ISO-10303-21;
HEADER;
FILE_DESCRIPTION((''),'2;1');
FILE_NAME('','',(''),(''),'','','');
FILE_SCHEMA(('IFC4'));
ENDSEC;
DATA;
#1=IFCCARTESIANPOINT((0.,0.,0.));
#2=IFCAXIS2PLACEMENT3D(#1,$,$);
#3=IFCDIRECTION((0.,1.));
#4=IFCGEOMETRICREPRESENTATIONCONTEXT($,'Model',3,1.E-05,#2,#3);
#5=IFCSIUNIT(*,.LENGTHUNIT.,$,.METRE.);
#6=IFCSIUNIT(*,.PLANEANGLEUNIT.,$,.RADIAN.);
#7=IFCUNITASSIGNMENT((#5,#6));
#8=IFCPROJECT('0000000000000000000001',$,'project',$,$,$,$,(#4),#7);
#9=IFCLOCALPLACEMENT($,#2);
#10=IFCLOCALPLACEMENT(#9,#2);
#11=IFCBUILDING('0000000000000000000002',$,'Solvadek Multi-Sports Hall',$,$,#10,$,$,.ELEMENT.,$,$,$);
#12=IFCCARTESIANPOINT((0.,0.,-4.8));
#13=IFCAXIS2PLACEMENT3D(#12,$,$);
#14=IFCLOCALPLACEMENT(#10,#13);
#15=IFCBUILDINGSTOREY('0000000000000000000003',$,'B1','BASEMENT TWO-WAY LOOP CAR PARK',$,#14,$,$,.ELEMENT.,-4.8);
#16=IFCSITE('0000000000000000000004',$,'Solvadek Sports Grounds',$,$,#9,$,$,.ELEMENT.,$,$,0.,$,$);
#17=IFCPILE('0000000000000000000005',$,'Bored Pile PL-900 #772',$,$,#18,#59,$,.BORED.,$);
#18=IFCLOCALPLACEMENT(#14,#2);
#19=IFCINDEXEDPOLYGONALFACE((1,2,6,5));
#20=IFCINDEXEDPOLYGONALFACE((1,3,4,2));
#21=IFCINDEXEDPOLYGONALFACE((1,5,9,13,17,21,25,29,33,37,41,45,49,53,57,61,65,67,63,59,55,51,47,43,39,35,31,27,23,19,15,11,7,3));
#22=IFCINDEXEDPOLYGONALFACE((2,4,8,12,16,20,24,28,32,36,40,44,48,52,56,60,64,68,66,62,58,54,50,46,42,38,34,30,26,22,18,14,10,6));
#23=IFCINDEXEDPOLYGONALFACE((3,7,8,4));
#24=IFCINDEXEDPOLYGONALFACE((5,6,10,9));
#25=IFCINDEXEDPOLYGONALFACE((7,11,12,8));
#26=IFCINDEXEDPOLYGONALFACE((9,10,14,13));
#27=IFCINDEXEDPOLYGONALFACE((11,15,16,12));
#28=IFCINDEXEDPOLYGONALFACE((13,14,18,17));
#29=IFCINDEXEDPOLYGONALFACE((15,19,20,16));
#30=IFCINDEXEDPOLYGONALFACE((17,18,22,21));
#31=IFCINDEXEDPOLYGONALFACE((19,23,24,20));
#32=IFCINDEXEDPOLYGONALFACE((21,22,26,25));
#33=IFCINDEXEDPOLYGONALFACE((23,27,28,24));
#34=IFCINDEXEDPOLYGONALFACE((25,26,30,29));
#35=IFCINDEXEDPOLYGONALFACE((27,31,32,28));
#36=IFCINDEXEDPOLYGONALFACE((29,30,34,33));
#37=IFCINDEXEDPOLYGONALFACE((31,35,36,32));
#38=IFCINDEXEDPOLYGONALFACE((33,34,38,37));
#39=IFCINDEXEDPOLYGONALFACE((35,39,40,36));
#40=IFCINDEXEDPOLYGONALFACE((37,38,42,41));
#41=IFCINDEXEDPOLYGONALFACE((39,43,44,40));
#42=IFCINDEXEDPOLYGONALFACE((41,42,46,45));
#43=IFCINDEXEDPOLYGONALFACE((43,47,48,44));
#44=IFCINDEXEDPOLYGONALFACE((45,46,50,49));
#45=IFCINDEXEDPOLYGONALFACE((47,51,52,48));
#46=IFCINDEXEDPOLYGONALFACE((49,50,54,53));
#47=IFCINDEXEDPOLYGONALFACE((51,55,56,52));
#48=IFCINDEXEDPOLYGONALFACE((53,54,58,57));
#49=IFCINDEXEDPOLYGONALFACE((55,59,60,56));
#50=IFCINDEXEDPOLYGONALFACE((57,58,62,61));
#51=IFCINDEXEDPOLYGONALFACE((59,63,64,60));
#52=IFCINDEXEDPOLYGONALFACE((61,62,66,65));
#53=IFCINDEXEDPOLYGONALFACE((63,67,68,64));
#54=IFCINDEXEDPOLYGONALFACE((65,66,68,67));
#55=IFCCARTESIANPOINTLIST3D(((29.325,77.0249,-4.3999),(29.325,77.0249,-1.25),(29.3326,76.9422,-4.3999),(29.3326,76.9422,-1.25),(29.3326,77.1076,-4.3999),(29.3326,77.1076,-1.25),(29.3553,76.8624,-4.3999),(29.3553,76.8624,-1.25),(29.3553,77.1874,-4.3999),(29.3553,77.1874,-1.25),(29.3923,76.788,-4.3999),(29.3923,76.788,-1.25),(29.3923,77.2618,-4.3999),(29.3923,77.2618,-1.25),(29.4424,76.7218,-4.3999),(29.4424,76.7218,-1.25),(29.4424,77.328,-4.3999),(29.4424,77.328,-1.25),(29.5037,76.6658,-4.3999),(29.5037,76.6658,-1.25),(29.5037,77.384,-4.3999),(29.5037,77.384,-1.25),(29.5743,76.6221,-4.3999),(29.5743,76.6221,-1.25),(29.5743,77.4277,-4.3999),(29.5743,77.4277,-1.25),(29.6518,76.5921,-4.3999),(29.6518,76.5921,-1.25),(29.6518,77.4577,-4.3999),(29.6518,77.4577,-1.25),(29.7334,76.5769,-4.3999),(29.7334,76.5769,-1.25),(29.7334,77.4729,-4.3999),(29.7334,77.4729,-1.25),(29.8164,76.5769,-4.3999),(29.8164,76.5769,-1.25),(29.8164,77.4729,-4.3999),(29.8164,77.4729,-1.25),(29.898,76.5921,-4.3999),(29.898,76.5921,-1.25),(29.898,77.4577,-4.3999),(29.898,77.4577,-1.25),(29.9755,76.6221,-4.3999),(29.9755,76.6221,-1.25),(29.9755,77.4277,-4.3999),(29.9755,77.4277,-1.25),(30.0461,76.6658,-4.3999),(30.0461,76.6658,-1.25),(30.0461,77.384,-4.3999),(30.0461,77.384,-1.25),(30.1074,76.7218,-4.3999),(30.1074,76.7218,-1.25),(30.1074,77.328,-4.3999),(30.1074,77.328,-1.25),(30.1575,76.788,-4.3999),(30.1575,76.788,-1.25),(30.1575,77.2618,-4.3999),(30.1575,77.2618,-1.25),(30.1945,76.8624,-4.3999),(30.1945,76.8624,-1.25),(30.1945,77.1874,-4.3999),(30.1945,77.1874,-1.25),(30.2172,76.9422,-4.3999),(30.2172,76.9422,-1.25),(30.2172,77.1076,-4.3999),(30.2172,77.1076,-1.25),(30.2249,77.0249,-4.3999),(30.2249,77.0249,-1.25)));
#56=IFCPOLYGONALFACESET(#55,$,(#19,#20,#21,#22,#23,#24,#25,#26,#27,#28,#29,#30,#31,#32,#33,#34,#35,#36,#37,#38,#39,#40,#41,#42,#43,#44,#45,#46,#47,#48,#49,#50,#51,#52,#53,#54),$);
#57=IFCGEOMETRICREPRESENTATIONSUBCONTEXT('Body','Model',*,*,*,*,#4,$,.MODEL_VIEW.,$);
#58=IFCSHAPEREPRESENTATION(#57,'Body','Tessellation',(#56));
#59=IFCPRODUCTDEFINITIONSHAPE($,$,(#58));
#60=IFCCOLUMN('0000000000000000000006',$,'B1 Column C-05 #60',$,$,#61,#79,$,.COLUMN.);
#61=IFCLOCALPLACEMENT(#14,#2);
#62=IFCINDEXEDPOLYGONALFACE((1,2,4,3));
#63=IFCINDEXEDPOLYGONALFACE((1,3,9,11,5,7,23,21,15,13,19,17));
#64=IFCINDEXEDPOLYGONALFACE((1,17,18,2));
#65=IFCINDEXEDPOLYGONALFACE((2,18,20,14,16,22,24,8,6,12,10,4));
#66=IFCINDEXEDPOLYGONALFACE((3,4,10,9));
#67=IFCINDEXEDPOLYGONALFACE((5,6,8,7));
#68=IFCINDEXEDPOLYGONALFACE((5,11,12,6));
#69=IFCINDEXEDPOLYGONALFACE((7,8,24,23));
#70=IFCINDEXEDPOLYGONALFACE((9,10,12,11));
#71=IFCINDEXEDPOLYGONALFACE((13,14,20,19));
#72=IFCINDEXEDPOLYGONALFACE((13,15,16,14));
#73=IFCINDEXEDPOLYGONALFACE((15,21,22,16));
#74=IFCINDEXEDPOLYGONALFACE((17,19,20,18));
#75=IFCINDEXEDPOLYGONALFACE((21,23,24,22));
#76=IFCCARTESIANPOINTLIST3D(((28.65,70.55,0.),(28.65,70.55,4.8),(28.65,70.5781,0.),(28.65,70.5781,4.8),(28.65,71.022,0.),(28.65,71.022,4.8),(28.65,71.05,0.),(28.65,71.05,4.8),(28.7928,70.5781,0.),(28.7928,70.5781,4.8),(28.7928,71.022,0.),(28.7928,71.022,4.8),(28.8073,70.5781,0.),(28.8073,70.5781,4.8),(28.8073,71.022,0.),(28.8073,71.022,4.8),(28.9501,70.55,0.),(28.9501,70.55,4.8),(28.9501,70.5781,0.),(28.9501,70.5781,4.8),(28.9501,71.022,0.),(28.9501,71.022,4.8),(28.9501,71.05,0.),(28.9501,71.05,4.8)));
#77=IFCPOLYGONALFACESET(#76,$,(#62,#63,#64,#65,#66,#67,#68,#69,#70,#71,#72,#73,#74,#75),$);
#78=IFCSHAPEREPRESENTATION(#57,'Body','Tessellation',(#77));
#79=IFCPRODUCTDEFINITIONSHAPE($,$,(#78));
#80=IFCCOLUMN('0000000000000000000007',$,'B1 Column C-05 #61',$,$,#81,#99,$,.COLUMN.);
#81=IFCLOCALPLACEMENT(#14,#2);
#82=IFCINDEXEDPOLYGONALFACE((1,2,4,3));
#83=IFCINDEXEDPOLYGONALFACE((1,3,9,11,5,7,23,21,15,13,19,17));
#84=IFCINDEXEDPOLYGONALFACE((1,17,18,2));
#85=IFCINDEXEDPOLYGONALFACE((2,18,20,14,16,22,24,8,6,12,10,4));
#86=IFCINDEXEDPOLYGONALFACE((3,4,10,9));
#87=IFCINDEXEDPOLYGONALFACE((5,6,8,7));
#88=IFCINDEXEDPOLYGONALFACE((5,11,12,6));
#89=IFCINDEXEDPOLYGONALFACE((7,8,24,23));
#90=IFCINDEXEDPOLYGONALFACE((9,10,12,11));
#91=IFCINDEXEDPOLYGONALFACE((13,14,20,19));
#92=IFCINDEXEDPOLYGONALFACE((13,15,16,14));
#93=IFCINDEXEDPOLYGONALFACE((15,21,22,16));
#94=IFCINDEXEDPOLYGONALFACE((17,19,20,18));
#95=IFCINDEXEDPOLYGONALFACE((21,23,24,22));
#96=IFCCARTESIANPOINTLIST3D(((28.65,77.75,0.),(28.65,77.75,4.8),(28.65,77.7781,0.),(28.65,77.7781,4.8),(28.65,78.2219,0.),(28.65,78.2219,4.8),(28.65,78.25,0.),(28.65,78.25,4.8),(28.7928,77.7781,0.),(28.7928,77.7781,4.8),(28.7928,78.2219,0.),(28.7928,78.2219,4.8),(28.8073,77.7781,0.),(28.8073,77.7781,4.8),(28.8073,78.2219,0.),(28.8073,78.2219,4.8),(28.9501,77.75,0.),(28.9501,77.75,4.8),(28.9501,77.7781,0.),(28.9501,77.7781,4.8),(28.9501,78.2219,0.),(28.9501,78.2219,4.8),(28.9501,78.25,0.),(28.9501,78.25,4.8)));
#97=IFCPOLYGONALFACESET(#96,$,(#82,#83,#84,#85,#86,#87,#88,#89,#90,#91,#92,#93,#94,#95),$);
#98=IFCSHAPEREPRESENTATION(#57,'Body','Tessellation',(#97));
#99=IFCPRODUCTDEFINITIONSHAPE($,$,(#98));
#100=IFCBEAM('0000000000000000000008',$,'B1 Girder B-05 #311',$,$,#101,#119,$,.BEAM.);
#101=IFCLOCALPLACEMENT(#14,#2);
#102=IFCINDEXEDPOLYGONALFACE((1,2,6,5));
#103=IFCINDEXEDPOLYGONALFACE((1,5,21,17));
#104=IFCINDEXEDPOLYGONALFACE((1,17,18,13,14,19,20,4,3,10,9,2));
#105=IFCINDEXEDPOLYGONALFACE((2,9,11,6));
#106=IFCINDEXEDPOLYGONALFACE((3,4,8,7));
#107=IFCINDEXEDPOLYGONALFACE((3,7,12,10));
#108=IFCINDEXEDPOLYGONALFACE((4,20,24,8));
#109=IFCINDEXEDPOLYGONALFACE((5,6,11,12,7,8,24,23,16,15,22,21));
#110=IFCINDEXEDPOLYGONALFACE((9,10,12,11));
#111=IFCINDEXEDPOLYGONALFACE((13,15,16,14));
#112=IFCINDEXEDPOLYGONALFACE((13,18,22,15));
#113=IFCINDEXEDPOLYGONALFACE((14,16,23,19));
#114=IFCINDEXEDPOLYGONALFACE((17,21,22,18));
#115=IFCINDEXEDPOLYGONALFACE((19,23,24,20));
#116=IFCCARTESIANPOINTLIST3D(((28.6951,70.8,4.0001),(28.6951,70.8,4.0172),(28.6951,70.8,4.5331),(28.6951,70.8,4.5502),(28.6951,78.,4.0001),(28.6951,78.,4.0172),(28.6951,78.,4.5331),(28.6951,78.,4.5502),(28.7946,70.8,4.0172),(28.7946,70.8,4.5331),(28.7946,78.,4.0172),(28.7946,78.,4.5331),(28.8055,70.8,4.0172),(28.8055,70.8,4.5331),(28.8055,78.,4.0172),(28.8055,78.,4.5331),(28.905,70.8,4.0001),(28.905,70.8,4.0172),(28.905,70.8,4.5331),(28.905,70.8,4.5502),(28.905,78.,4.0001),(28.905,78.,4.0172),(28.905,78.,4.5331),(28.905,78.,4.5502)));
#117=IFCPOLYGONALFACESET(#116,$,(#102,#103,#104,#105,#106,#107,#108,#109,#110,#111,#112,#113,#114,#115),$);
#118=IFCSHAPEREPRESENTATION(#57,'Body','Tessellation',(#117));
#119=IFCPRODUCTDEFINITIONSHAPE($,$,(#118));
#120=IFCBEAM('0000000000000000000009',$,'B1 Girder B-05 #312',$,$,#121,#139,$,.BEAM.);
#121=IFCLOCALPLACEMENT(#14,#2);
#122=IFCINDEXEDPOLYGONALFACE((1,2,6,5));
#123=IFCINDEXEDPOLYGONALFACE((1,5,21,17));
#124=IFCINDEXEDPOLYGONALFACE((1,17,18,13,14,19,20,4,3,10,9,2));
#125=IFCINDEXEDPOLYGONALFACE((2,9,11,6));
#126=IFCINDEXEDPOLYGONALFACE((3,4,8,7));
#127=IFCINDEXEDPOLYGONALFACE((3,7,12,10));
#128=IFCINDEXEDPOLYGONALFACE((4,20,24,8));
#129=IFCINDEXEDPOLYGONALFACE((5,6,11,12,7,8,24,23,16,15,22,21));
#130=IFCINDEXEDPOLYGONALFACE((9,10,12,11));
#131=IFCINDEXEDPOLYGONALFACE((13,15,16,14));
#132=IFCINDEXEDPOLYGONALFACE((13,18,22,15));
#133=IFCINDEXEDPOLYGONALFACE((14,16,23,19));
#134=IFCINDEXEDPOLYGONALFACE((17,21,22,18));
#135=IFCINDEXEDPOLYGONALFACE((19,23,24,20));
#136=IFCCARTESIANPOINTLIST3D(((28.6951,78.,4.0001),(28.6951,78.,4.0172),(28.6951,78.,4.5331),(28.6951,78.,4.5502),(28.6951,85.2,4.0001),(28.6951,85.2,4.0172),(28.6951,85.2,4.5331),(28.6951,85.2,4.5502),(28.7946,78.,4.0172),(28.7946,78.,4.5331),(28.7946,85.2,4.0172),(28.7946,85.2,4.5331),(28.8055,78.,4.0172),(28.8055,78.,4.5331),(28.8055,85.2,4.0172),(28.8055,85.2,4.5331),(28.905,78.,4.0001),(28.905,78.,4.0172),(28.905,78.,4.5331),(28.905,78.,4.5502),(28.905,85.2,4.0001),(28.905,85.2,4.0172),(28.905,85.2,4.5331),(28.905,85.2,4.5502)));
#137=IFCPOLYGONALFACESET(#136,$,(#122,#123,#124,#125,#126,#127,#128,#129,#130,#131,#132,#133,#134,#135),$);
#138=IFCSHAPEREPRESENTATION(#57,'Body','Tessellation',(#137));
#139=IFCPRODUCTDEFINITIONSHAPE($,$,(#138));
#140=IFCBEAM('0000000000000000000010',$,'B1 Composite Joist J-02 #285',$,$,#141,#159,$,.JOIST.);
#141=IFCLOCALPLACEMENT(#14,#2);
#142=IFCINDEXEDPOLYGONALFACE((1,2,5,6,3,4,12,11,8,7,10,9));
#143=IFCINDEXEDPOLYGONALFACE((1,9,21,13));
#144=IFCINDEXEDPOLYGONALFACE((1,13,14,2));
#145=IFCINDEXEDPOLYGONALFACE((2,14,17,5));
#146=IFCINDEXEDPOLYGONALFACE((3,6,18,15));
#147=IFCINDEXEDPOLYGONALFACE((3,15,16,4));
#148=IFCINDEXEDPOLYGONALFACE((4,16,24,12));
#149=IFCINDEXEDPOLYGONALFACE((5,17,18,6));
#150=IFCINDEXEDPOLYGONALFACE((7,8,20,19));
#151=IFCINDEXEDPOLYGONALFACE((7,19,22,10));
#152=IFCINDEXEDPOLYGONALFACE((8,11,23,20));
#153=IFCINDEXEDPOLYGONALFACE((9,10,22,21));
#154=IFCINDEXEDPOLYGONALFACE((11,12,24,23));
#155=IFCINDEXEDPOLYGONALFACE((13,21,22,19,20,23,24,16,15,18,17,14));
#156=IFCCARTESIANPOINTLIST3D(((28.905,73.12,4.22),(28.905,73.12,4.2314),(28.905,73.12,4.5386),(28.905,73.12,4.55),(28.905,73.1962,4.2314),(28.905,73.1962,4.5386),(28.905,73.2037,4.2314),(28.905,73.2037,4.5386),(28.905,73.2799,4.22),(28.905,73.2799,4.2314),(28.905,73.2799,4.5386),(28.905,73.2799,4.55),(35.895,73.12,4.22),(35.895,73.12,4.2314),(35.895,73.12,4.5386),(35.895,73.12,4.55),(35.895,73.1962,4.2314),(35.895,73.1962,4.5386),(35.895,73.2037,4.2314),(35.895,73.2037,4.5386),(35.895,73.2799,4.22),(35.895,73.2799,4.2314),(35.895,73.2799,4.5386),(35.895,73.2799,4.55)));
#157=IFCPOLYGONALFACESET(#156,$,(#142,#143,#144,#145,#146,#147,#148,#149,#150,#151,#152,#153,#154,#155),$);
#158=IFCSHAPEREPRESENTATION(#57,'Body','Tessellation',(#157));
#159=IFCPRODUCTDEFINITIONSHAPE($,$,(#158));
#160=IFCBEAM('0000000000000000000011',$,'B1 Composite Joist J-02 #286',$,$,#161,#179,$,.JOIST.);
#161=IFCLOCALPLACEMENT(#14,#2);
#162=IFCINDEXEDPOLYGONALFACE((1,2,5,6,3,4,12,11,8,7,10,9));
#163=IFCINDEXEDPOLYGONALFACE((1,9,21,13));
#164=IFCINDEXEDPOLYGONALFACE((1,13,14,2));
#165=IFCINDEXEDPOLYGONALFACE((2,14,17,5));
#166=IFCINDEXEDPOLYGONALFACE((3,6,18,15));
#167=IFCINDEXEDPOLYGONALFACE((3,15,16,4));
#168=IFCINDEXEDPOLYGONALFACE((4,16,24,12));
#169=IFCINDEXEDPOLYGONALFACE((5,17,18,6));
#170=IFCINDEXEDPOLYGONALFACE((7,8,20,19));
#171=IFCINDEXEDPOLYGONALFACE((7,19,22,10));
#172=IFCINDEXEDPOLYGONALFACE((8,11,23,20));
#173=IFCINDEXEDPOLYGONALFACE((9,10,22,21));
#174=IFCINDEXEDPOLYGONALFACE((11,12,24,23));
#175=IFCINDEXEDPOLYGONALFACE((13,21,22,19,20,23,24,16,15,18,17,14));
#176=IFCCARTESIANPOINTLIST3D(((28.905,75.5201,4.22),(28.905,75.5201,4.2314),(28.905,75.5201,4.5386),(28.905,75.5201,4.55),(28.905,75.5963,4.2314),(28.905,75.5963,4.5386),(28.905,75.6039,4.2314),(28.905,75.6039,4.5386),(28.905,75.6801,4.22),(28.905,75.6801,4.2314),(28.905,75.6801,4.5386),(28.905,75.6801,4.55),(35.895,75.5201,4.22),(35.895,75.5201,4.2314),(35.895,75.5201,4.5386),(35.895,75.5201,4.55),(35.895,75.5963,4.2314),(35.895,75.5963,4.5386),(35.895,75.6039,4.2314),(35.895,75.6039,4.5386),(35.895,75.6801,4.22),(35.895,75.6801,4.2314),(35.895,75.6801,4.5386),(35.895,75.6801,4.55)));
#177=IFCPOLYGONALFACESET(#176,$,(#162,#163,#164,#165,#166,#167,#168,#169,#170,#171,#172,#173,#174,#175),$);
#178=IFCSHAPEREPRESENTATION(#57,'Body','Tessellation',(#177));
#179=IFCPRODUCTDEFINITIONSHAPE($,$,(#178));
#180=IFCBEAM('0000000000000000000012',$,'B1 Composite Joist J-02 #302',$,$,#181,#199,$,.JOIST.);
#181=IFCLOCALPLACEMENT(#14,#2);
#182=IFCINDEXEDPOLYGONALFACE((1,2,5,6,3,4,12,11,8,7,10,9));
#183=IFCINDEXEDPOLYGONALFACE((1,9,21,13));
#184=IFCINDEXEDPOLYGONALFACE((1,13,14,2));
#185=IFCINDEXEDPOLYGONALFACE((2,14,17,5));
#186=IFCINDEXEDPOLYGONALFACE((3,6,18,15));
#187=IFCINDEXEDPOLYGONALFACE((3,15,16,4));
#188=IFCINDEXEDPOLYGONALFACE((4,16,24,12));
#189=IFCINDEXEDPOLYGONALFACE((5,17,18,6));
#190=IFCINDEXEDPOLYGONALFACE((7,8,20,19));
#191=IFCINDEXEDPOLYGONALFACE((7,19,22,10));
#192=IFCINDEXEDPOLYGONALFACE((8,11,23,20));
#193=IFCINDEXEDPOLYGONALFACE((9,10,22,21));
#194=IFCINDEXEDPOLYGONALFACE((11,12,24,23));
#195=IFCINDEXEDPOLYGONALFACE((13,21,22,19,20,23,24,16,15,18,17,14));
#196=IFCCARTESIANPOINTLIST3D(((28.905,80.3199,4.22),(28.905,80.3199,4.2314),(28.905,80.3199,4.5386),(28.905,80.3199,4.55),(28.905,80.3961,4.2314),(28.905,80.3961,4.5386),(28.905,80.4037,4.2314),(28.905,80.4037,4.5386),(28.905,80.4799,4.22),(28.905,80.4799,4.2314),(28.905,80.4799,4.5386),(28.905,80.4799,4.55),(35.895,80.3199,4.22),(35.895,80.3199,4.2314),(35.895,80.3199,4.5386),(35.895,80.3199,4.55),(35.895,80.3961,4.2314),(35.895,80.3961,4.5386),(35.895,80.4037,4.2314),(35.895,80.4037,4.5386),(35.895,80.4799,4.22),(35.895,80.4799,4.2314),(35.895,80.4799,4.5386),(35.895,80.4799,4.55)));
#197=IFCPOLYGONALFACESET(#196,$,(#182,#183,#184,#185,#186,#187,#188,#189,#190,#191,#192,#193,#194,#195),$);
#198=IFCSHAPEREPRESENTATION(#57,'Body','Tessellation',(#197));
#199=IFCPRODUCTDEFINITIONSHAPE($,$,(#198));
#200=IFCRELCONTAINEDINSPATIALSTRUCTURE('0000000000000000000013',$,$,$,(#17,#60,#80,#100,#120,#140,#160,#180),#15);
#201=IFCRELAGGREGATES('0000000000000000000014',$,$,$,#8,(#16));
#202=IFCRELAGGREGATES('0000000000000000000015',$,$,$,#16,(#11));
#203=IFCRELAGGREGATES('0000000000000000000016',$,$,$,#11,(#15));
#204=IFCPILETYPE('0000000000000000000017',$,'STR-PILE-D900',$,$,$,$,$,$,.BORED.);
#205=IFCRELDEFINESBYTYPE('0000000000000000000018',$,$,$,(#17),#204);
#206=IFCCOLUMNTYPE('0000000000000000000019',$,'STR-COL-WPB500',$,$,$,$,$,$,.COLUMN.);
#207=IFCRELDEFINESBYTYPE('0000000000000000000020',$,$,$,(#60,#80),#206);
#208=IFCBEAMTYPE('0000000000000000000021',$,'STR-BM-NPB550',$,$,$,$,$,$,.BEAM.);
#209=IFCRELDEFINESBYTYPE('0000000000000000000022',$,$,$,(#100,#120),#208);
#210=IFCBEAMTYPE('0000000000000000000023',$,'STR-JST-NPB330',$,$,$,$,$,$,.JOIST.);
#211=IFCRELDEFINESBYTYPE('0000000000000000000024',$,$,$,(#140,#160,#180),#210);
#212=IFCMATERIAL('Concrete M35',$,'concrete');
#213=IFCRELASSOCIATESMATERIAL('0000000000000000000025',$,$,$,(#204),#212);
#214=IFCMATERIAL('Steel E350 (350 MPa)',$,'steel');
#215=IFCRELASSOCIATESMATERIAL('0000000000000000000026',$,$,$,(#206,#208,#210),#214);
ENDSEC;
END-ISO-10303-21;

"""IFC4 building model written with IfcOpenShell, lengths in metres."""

from ifc_helpers import new_model, si_unit, direction, frame, origin, origin_2d, place, context, subcontext, project, spatial, circle, i_section, extrude, material, material_profile, profile_set, type_object, element, save


model = new_model("IFC4")

# Units and contexts
model_context = context("Model", 3, precision=1e-05, world=origin(), true_north=direction((0.0, 1.0)))
body_context = subcontext(model_context, "Body", "Model", "MODEL_VIEW")
ifc_project = project(units=[si_unit("LENGTHUNIT", "METRE"), si_unit("PLANEANGLEUNIT", "RADIAN")], contexts=[model_context])

# Site, building, storey
site_placement = place(None, origin())
site = spatial("IfcSite", under=ifc_project, at=site_placement, Name="Solvadek Sports Grounds", CompositionType="ELEMENT", RefElevation=0.0)
building_placement = place(site_placement, origin())
building = spatial("IfcBuilding", under=site, at=building_placement, Name="Solvadek Multi-Sports Hall", CompositionType="ELEMENT")
storey_placement = place(building_placement, frame((0.0, 0.0, -4.8)))
storey = spatial("IfcBuildingStorey", under=building, at=storey_placement, Name="B1", Description="BASEMENT TWO-WAY LOOP CAR PARK", CompositionType="ELEMENT", Elevation=-4.8)

# Pile
ifc_material_1 = material(Name="Concrete M35", Category="concrete")
ifc_material_profile_1 = material_profile(ifc_material_1, circle(Radius=0.45, at=origin_2d()), Name="BORED PILE D900")
ifc_profile_set_1 = profile_set([ifc_material_profile_1], Name="Concrete M35")
pile_type_1 = type_object("IfcPileType", Name="STR-PILE-D900", PredefinedType="BORED", material=ifc_profile_set_1)
for number, where, z_axis, x_axis, name in (
    (1, (29.7749, 77.0249, -1.25), (0.0, 0.0, -1.0), (1.0, 0.0, 0.0), "Bored Pile PL-900 #772"),
):
    element("IfcPile", number, at=place(storey_placement, frame(where, z_axis=z_axis, x_axis=x_axis)), inside=storey, type_object=pile_type_1, Name=name, PredefinedType="BORED", context=body_context, shape_type="SweptSolid", body=[
        extrude(circle(Radius=0.45, at=origin_2d()), origin(), (0.0, 0.0, 1.0), 3.1499),
    ])

# Columns
ifc_material_2 = material(Name="Steel E350 (350 MPa)", Category="steel")
ifc_material_profile_2 = material_profile(ifc_material_2, i_section(OverallWidth=0.3, OverallDepth=0.5, WebThickness=0.0144, FlangeThickness=0.0281, at=origin_2d()), Name="WPB 500")
ifc_profile_set_2 = profile_set([ifc_material_profile_2], Name="Steel E350 (350 MPa)")
column_type = type_object("IfcColumnType", Name="STR-COL-WPB500", PredefinedType="COLUMN", material=ifc_profile_set_2)
for number, where, z_axis, x_axis, name in (
    (2, (28.8, 70.8, 0.0), (0.0, 0.0, 1.0), (1.0, 0.0, 0.0), "B1 Column C-05 #60"),
    (3, (28.8, 78.0, 0.0), (0.0, 0.0, 1.0), (1.0, 0.0, 0.0), "B1 Column C-05 #61"),
):
    element("IfcColumn", number, at=place(storey_placement, frame(where, z_axis=z_axis, x_axis=x_axis)), inside=storey, type_object=column_type, Name=name, PredefinedType="COLUMN", context=body_context, shape_type="SweptSolid", body=[
        extrude(i_section(OverallWidth=0.3, OverallDepth=0.5, WebThickness=0.0144, FlangeThickness=0.0281, at=origin_2d()), origin(), (0.0, 0.0, 1.0), 4.8),
    ])

# Beams
ifc_material_profile_3 = material_profile(ifc_material_2, i_section(OverallWidth=0.21, OverallDepth=0.55, WebThickness=0.011, FlangeThickness=0.0171, at=origin_2d()), Name="NPB 550")
ifc_profile_set_3 = profile_set([ifc_material_profile_3], Name="Steel E350 (350 MPa)")
beam_type_1 = type_object("IfcBeamType", Name="STR-BM-NPB550", PredefinedType="BEAM", material=ifc_profile_set_3)
for number, where, z_axis, x_axis, name in (
    (4, (28.8, 70.8, 4.2751), (0.0, 1.0, 0.0), (-1.0, 0.0, 0.0), "B1 Girder B-05 #311"),
    (5, (28.8, 78.0, 4.2751), (0.0, 1.0, 0.0), (-1.0, 0.0, 0.0), "B1 Girder B-05 #312"),
):
    element("IfcBeam", number, at=place(storey_placement, frame(where, z_axis=z_axis, x_axis=x_axis)), inside=storey, type_object=beam_type_1, Name=name, PredefinedType="BEAM", context=body_context, shape_type="SweptSolid", body=[
        extrude(i_section(OverallWidth=0.21, OverallDepth=0.55, WebThickness=0.011, FlangeThickness=0.0171, at=origin_2d()), origin(), (0.0, 0.0, 1.0), 7.2),
    ])
ifc_material_profile_4 = material_profile(ifc_material_2, i_section(OverallWidth=0.1599, OverallDepth=0.3301, WebThickness=0.0076, FlangeThickness=0.0115, at=origin_2d()), Name="NPB 330")
ifc_profile_set_4 = profile_set([ifc_material_profile_4], Name="Steel E350 (350 MPa)")
beam_type_2 = type_object("IfcBeamType", Name="STR-JST-NPB330", PredefinedType="JOIST", material=ifc_profile_set_4)
for number, where, z_axis, x_axis, name in (
    (6, (28.905, 73.2, 4.385), (1.0, 0.0, 0.0), (0.0, 1.0, 0.0), "B1 Composite Joist J-02 #285"),
    (7, (28.905, 75.6001, 4.385), (1.0, 0.0, 0.0), (0.0, 1.0, 0.0), "B1 Composite Joist J-02 #286"),
    (8, (28.905, 80.3999, 4.385), (1.0, 0.0, 0.0), (0.0, 1.0, 0.0), "B1 Composite Joist J-02 #302"),
):
    element("IfcBeam", number, at=place(storey_placement, frame(where, z_axis=z_axis, x_axis=x_axis)), inside=storey, type_object=beam_type_2, Name=name, PredefinedType="JOIST", context=body_context, shape_type="SweptSolid", body=[
        extrude(i_section(OverallWidth=0.1599, OverallDepth=0.3301, WebThickness=0.0076, FlangeThickness=0.0115, at=origin_2d()), origin(), (0.0, 0.0, 1.0), 6.99),
    ])

save(model, "model.ifc")
